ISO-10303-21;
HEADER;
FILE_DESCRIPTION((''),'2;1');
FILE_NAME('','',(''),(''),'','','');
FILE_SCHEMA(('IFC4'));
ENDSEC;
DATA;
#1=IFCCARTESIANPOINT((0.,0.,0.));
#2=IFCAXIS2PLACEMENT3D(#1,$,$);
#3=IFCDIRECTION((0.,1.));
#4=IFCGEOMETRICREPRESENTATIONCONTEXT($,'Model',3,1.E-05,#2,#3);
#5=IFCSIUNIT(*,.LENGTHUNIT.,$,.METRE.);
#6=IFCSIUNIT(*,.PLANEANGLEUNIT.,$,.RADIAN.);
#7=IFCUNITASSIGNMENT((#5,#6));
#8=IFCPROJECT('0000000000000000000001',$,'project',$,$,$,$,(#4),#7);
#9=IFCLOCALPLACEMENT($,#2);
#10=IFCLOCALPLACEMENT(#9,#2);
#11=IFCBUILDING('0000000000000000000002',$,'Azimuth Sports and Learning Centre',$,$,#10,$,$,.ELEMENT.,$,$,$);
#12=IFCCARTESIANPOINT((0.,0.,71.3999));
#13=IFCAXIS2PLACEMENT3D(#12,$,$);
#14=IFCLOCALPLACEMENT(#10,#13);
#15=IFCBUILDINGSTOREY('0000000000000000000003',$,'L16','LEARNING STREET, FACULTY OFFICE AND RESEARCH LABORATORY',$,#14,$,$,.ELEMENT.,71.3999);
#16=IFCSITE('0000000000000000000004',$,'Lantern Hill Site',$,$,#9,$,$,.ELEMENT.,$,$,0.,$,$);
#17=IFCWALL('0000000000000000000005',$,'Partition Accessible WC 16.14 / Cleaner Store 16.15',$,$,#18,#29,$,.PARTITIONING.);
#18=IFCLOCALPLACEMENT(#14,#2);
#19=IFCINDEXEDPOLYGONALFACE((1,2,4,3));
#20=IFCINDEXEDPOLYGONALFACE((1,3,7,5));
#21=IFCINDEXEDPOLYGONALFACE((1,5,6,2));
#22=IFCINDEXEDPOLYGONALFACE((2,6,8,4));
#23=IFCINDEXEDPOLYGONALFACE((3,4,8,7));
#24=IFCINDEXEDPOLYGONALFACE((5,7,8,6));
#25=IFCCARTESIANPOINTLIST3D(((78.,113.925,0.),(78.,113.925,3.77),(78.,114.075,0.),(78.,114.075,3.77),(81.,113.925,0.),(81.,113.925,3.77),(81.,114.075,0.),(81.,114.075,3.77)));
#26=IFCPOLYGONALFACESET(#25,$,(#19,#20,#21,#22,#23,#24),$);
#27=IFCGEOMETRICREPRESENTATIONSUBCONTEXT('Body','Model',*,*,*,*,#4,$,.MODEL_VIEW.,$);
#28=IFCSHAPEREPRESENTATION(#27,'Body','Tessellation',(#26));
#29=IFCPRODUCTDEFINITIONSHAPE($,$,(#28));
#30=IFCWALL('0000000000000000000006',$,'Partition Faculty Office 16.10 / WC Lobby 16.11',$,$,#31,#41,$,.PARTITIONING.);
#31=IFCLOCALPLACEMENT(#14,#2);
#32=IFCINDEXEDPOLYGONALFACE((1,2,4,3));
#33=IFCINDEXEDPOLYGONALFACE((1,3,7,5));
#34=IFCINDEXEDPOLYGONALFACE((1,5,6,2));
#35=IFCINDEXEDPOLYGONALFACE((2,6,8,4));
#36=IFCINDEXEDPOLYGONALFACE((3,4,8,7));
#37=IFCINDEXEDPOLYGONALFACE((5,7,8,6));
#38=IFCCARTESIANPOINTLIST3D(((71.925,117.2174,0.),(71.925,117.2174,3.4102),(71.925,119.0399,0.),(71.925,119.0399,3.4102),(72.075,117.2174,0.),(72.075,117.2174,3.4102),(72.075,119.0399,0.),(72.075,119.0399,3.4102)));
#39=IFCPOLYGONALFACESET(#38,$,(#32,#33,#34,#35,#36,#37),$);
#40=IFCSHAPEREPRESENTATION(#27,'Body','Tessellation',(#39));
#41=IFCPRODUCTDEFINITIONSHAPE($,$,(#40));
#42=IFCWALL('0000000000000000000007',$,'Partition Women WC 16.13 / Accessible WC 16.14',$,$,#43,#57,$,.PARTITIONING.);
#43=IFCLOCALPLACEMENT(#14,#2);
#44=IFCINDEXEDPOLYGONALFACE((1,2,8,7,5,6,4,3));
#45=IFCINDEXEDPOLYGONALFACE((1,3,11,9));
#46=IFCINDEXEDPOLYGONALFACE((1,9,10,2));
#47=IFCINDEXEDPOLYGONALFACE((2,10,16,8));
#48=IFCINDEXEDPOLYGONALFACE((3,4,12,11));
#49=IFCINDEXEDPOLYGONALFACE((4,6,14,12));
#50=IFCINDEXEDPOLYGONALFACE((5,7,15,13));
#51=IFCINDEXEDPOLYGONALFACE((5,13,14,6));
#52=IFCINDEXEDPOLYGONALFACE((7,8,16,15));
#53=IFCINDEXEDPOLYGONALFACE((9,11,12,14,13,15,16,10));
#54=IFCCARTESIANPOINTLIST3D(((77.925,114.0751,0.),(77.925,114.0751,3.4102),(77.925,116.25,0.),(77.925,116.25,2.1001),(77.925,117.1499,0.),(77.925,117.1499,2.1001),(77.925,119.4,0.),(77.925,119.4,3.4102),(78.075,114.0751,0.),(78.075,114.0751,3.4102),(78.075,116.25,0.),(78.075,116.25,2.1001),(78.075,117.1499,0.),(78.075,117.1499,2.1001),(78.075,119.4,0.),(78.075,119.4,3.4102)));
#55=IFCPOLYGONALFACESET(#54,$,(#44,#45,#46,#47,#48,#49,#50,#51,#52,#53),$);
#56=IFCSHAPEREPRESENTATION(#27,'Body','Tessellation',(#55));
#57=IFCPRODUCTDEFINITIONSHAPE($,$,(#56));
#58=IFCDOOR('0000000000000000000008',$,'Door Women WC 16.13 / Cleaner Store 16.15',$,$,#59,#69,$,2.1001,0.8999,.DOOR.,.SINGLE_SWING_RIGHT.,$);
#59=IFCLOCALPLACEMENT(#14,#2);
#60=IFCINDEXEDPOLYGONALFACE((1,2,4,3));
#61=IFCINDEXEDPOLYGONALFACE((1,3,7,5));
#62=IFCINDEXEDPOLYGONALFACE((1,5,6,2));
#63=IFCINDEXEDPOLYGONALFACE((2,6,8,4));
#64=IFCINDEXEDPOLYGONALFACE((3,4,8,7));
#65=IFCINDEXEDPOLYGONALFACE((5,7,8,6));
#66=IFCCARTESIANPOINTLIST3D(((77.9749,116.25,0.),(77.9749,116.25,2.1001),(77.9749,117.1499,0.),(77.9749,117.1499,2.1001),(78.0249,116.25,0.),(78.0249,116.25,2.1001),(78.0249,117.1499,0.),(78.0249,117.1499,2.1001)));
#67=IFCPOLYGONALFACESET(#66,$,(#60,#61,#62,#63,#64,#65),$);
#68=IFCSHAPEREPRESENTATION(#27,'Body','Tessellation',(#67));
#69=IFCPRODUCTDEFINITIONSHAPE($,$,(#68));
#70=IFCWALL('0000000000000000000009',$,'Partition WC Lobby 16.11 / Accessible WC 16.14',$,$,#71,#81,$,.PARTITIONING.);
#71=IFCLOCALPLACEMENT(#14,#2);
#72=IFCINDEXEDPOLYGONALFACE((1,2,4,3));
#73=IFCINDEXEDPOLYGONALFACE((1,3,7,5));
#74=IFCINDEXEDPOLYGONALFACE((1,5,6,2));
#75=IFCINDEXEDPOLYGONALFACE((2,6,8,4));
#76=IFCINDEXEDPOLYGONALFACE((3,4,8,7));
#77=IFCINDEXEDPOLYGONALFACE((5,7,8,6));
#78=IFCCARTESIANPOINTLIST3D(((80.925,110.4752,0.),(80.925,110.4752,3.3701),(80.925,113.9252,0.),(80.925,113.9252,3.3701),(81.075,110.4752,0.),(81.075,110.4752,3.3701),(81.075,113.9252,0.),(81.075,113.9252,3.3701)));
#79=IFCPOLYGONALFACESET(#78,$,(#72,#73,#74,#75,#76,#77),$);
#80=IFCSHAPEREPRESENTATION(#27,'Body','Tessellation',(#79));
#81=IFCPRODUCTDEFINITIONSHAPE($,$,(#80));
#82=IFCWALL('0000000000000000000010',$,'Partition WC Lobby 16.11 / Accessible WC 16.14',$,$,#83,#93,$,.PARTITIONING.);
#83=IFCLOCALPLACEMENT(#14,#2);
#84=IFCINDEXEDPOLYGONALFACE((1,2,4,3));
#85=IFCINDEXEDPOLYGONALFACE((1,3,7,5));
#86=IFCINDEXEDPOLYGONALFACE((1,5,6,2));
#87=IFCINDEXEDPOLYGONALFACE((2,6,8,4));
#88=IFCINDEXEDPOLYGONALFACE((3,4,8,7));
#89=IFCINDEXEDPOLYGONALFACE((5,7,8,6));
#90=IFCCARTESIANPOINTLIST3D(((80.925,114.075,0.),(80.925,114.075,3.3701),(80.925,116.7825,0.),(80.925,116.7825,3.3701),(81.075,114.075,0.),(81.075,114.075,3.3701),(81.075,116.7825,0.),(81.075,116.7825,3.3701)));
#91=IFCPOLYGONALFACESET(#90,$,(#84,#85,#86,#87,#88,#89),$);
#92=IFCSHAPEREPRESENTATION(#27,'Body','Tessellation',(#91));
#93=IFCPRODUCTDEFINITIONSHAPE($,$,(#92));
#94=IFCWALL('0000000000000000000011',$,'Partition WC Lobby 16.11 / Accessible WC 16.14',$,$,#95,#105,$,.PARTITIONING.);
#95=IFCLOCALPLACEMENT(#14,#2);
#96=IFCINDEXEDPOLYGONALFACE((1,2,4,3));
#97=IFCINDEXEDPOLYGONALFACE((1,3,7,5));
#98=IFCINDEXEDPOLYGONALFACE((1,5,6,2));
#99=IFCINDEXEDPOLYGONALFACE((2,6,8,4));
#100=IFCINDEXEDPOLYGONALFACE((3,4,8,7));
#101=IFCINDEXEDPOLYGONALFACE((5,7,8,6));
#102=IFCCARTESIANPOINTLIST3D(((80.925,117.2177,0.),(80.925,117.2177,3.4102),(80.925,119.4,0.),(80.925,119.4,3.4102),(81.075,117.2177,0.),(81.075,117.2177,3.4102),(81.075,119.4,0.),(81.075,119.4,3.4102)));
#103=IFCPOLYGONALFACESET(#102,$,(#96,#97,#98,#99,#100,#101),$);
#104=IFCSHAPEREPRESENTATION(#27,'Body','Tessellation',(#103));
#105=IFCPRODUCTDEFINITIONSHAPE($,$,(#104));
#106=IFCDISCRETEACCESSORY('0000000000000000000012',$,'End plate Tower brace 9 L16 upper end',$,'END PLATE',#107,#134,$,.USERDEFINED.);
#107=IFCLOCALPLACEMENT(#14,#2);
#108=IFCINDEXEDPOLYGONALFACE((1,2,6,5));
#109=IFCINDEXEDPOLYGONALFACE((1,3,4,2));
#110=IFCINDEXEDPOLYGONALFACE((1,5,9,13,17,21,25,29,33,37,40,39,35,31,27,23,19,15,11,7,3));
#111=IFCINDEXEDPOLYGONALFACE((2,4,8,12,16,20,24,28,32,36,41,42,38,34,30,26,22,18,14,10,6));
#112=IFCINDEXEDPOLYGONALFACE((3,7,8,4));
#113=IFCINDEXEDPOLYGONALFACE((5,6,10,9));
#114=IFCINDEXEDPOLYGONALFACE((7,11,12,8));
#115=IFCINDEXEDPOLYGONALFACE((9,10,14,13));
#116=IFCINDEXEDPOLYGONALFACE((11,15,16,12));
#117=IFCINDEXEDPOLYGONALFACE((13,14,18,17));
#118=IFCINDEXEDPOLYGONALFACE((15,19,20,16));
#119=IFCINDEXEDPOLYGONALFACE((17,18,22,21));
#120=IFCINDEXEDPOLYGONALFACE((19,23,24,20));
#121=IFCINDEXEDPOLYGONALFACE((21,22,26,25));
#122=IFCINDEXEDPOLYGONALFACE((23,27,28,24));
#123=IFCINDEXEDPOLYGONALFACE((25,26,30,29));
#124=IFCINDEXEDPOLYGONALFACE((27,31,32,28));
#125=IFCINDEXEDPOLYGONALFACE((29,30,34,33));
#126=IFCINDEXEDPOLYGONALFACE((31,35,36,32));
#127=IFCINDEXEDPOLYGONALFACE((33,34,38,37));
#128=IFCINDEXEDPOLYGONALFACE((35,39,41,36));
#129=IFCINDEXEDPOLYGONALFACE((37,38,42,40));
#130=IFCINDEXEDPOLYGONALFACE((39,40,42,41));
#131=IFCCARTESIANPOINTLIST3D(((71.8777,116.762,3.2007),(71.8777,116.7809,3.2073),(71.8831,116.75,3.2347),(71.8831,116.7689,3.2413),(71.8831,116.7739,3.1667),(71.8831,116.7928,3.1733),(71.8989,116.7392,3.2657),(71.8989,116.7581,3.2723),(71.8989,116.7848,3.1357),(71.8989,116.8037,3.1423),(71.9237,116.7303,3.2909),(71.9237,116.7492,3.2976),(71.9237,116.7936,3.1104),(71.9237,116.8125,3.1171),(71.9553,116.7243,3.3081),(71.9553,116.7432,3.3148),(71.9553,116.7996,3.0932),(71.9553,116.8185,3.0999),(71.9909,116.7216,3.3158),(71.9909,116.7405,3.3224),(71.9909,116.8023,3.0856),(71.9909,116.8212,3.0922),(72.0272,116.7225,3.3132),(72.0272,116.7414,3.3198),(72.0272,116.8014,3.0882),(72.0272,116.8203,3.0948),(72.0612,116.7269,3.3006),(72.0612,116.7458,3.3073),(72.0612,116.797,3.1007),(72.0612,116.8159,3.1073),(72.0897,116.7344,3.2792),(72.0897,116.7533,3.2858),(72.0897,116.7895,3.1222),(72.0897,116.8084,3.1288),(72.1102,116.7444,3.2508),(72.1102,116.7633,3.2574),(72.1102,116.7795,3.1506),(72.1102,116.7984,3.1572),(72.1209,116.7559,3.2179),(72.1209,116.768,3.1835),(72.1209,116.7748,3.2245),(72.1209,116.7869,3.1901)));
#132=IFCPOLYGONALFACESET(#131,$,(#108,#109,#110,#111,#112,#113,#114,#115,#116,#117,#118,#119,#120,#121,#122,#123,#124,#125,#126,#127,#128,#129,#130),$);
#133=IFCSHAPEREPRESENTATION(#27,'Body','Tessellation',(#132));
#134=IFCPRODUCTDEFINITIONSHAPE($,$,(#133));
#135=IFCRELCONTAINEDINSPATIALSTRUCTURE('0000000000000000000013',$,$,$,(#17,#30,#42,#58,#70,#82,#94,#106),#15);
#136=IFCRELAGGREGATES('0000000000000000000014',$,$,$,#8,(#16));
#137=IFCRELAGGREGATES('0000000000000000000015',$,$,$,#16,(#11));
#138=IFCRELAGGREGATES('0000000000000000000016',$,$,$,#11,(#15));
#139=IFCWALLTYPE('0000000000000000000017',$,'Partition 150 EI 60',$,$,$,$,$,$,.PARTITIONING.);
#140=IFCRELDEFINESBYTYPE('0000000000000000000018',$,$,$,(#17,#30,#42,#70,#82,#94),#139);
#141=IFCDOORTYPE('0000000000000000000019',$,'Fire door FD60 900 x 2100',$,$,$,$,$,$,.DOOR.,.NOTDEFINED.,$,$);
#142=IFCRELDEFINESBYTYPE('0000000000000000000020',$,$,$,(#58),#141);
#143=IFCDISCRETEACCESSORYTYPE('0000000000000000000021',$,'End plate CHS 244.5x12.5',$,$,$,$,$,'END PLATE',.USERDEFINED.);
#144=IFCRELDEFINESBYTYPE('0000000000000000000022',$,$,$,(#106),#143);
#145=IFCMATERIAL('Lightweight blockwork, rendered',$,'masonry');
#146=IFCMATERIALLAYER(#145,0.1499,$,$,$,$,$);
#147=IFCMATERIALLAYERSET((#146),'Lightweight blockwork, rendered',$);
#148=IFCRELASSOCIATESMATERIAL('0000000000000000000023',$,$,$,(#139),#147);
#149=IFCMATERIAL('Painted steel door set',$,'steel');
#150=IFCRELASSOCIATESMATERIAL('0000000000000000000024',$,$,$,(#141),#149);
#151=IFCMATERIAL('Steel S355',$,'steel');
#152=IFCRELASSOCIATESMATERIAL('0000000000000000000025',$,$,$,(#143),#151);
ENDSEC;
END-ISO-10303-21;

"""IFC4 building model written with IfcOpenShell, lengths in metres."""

from ifc_helpers import new_model, si_unit, direction, frame, frame_2d, origin, origin_2d, place, context, subcontext, project, spatial, rectangle, circle, extrude, material, layer, layer_set, material_profile, profile_set, type_object, element, fill, save


model = new_model("IFC4")

# Units and contexts
model_context = context("Model", 3, precision=1e-05, world=origin(), true_north=direction((0.0, 1.0)))
body_context = subcontext(model_context, "Body", "Model", "MODEL_VIEW")
ifc_project = project(units=[si_unit("LENGTHUNIT", "METRE"), si_unit("PLANEANGLEUNIT", "RADIAN")], contexts=[model_context])

# Site, building, storey
site_placement = place(None, origin())
site = spatial("IfcSite", under=ifc_project, at=site_placement, Name="Lantern Hill Site", CompositionType="ELEMENT", RefElevation=0.0)
building_placement = place(site_placement, origin())
building = spatial("IfcBuilding", under=site, at=building_placement, Name="Azimuth Sports and Learning Centre", CompositionType="ELEMENT")
storey_placement = place(building_placement, frame((0.0, 0.0, 71.3999)))
storey = spatial("IfcBuildingStorey", under=building, at=storey_placement, Name="L16", Description="LEARNING STREET, FACULTY OFFICE AND RESEARCH LABORATORY", CompositionType="ELEMENT", Elevation=71.3999)

# Walls
ifc_material_1 = material(Name="Lightweight blockwork, rendered", Category="masonry")
ifc_layer_1 = layer(ifc_material_1, 0.1499)
ifc_layer_set_1 = layer_set([ifc_layer_1], Name="Lightweight blockwork, rendered")
wall_type = type_object("IfcWallType", Name="Partition 150 EI 60", PredefinedType="PARTITIONING", material=ifc_layer_set_1)
wall_1_placement = place(storey_placement, frame((78.0, 114.0, 0.0), z_axis=(0.0, 0.0, 1.0), x_axis=(1.0, 0.0, 0.0)))
element("IfcWall", 1, at=wall_1_placement, inside=storey, type_object=wall_type, Name="Partition Accessible WC 16.14 / Cleaner Store 16.15", PredefinedType="PARTITIONING", context=body_context, shape_type="SweptSolid", body=[
    extrude(rectangle(XDim=3.0, YDim=0.1499, at=frame_2d((1.5, 0.0))), origin(), (0.0, 0.0, 1.0), 3.77),
])
wall_2_placement = place(storey_placement, frame((72.0, 117.2175, 0.0), z_axis=(0.0, 0.0, 1.0), x_axis=(0.0, 1.0, 0.0)))
element("IfcWall", 2, at=wall_2_placement, inside=storey, type_object=wall_type, Name="Partition Faculty Office 16.10 / WC Lobby 16.11", PredefinedType="PARTITIONING", context=body_context, shape_type="SweptSolid", body=[
    extrude(rectangle(XDim=1.8225, YDim=0.1499, at=frame_2d((0.9111, 0.0))), origin(), (0.0, 0.0, 1.0), 3.4102),
])

# Wall, opening, door
wall_3_placement = place(storey_placement, frame((78.0, 114.075, 0.0), z_axis=(0.0, 0.0, 1.0), x_axis=(0.0, 1.0, 0.0)))
wall_3 = element("IfcWall", 3, at=wall_3_placement, inside=storey, type_object=wall_type, Name="Partition Women WC 16.13 / Accessible WC 16.14", PredefinedType="PARTITIONING", context=body_context, shape_type="SweptSolid", body=[
    extrude(rectangle(XDim=5.325, YDim=0.1499, at=frame_2d((2.6626, 0.0))), origin(), (0.0, 0.0, 1.0), 3.4102),
])
opening_placement = place(wall_3_placement, frame((2.175, 0.0, 0.0)))
opening = element("IfcOpeningElement", 4, at=opening_placement, cuts=wall_3, PredefinedType="OPENING", context=body_context, shape_type="SweptSolid", body=[
    extrude(rectangle(XDim=0.8999, YDim=2.1001, at=frame_2d((0.45, 1.05))), frame((0.0, 0.0859, 0.0), z_axis=(0.0, -1.0, 0.0), x_axis=(1.0, 0.0, 0.0)), (0.0, 0.0, 1.0), 0.1719),
])
ifc_material_2 = material(Name="Painted steel door set", Category="steel")
door_type = type_object("IfcDoorType", Name="Fire door FD60 900 x 2100", OperationType="NOTDEFINED", PredefinedType="DOOR", material=ifc_material_2)
door_placement = place(opening_placement, frame((0.8999, 0.0, 0.0), z_axis=(0.0, 0.0, 1.0), x_axis=(-1.0, 0.0, 0.0)))
door = element("IfcDoor", 5, at=door_placement, inside=storey, type_object=door_type, Name="Door Women WC 16.13 / Cleaner Store 16.15", OperationType="SINGLE_SWING_RIGHT", OverallHeight=2.1001, OverallWidth=0.8999, PredefinedType="DOOR", context=body_context, shape_type="SweptSolid", body=[
    extrude(rectangle(XDim=0.8999, YDim=2.1001, at=frame_2d((0.45, 1.05))), frame((0.0, 0.0249, 0.0), z_axis=(0.0, -1.0, 0.0), x_axis=(1.0, 0.0, 0.0)), (0.0, 0.0, 1.0), 0.05),
])
fill(opening, door)

# Walls
wall_4_placement = place(storey_placement, frame((81.0, 110.4751, 0.0), z_axis=(0.0, 0.0, 1.0), x_axis=(0.0, 1.0, 0.0)))
element("IfcWall", 6, at=wall_4_placement, inside=storey, type_object=wall_type, Name="Partition WC Lobby 16.11 / Accessible WC 16.14", PredefinedType="PARTITIONING", context=body_context, shape_type="SweptSolid", body=[
    extrude(rectangle(XDim=3.45, YDim=0.1499, at=frame_2d((1.7251, 0.0))), origin(), (0.0, 0.0, 1.0), 3.3701),
])
wall_5_placement = place(storey_placement, frame((81.0, 114.075, 0.0), z_axis=(0.0, 0.0, 1.0), x_axis=(0.0, 1.0, 0.0)))
element("IfcWall", 7, at=wall_5_placement, inside=storey, type_object=wall_type, Name="Partition WC Lobby 16.11 / Accessible WC 16.14", PredefinedType="PARTITIONING", context=body_context, shape_type="SweptSolid", body=[
    extrude(rectangle(XDim=2.7075, YDim=0.1499, at=frame_2d((1.3538, 0.0))), origin(), (0.0, 0.0, 1.0), 3.3701),
])
wall_6_placement = place(storey_placement, frame((81.0, 117.2175, 0.0), z_axis=(0.0, 0.0, 1.0), x_axis=(0.0, 1.0, 0.0)))
element("IfcWall", 8, at=wall_6_placement, inside=storey, type_object=wall_type, Name="Partition WC Lobby 16.11 / Accessible WC 16.14", PredefinedType="PARTITIONING", context=body_context, shape_type="SweptSolid", body=[
    extrude(rectangle(XDim=2.1824, YDim=0.1499, at=frame_2d((1.0913, 0.0))), origin(), (0.0, 0.0, 1.0), 3.4102),
])

# Discrete accessory
ifc_material_3 = material(Name="Steel S355", Category="steel")
ifc_material_profile_1 = material_profile(ifc_material_3, circle(Radius=0.1223, at=origin_2d()), Name="PL 244 DISC")
ifc_profile_set_1 = profile_set([ifc_material_profile_1], Name="Steel S355")
discrete_accessory_type = type_object("IfcDiscreteAccessoryType", Name="End plate CHS 244.5x12.5", ElementType="END PLATE", PredefinedType="USERDEFINED", material=ifc_profile_set_1)
discrete_accessory_placement = place(storey_placement, frame((72.0, 116.762, 3.2007), z_axis=(0.0, 0.943667, 0.330896), x_axis=(-1.0, 0.0, 0.0)))
element("IfcDiscreteAccessory", 9, at=discrete_accessory_placement, inside=storey, type_object=discrete_accessory_type, Name="End plate Tower brace 9 L16 upper end", ObjectType="END PLATE", PredefinedType="USERDEFINED", context=body_context, shape_type="SweptSolid", body=[
    extrude(circle(Radius=0.1223, at=origin_2d()), origin(), (0.0, 0.0, 1.0), 0.02),
])

save(model, "model.ifc")
